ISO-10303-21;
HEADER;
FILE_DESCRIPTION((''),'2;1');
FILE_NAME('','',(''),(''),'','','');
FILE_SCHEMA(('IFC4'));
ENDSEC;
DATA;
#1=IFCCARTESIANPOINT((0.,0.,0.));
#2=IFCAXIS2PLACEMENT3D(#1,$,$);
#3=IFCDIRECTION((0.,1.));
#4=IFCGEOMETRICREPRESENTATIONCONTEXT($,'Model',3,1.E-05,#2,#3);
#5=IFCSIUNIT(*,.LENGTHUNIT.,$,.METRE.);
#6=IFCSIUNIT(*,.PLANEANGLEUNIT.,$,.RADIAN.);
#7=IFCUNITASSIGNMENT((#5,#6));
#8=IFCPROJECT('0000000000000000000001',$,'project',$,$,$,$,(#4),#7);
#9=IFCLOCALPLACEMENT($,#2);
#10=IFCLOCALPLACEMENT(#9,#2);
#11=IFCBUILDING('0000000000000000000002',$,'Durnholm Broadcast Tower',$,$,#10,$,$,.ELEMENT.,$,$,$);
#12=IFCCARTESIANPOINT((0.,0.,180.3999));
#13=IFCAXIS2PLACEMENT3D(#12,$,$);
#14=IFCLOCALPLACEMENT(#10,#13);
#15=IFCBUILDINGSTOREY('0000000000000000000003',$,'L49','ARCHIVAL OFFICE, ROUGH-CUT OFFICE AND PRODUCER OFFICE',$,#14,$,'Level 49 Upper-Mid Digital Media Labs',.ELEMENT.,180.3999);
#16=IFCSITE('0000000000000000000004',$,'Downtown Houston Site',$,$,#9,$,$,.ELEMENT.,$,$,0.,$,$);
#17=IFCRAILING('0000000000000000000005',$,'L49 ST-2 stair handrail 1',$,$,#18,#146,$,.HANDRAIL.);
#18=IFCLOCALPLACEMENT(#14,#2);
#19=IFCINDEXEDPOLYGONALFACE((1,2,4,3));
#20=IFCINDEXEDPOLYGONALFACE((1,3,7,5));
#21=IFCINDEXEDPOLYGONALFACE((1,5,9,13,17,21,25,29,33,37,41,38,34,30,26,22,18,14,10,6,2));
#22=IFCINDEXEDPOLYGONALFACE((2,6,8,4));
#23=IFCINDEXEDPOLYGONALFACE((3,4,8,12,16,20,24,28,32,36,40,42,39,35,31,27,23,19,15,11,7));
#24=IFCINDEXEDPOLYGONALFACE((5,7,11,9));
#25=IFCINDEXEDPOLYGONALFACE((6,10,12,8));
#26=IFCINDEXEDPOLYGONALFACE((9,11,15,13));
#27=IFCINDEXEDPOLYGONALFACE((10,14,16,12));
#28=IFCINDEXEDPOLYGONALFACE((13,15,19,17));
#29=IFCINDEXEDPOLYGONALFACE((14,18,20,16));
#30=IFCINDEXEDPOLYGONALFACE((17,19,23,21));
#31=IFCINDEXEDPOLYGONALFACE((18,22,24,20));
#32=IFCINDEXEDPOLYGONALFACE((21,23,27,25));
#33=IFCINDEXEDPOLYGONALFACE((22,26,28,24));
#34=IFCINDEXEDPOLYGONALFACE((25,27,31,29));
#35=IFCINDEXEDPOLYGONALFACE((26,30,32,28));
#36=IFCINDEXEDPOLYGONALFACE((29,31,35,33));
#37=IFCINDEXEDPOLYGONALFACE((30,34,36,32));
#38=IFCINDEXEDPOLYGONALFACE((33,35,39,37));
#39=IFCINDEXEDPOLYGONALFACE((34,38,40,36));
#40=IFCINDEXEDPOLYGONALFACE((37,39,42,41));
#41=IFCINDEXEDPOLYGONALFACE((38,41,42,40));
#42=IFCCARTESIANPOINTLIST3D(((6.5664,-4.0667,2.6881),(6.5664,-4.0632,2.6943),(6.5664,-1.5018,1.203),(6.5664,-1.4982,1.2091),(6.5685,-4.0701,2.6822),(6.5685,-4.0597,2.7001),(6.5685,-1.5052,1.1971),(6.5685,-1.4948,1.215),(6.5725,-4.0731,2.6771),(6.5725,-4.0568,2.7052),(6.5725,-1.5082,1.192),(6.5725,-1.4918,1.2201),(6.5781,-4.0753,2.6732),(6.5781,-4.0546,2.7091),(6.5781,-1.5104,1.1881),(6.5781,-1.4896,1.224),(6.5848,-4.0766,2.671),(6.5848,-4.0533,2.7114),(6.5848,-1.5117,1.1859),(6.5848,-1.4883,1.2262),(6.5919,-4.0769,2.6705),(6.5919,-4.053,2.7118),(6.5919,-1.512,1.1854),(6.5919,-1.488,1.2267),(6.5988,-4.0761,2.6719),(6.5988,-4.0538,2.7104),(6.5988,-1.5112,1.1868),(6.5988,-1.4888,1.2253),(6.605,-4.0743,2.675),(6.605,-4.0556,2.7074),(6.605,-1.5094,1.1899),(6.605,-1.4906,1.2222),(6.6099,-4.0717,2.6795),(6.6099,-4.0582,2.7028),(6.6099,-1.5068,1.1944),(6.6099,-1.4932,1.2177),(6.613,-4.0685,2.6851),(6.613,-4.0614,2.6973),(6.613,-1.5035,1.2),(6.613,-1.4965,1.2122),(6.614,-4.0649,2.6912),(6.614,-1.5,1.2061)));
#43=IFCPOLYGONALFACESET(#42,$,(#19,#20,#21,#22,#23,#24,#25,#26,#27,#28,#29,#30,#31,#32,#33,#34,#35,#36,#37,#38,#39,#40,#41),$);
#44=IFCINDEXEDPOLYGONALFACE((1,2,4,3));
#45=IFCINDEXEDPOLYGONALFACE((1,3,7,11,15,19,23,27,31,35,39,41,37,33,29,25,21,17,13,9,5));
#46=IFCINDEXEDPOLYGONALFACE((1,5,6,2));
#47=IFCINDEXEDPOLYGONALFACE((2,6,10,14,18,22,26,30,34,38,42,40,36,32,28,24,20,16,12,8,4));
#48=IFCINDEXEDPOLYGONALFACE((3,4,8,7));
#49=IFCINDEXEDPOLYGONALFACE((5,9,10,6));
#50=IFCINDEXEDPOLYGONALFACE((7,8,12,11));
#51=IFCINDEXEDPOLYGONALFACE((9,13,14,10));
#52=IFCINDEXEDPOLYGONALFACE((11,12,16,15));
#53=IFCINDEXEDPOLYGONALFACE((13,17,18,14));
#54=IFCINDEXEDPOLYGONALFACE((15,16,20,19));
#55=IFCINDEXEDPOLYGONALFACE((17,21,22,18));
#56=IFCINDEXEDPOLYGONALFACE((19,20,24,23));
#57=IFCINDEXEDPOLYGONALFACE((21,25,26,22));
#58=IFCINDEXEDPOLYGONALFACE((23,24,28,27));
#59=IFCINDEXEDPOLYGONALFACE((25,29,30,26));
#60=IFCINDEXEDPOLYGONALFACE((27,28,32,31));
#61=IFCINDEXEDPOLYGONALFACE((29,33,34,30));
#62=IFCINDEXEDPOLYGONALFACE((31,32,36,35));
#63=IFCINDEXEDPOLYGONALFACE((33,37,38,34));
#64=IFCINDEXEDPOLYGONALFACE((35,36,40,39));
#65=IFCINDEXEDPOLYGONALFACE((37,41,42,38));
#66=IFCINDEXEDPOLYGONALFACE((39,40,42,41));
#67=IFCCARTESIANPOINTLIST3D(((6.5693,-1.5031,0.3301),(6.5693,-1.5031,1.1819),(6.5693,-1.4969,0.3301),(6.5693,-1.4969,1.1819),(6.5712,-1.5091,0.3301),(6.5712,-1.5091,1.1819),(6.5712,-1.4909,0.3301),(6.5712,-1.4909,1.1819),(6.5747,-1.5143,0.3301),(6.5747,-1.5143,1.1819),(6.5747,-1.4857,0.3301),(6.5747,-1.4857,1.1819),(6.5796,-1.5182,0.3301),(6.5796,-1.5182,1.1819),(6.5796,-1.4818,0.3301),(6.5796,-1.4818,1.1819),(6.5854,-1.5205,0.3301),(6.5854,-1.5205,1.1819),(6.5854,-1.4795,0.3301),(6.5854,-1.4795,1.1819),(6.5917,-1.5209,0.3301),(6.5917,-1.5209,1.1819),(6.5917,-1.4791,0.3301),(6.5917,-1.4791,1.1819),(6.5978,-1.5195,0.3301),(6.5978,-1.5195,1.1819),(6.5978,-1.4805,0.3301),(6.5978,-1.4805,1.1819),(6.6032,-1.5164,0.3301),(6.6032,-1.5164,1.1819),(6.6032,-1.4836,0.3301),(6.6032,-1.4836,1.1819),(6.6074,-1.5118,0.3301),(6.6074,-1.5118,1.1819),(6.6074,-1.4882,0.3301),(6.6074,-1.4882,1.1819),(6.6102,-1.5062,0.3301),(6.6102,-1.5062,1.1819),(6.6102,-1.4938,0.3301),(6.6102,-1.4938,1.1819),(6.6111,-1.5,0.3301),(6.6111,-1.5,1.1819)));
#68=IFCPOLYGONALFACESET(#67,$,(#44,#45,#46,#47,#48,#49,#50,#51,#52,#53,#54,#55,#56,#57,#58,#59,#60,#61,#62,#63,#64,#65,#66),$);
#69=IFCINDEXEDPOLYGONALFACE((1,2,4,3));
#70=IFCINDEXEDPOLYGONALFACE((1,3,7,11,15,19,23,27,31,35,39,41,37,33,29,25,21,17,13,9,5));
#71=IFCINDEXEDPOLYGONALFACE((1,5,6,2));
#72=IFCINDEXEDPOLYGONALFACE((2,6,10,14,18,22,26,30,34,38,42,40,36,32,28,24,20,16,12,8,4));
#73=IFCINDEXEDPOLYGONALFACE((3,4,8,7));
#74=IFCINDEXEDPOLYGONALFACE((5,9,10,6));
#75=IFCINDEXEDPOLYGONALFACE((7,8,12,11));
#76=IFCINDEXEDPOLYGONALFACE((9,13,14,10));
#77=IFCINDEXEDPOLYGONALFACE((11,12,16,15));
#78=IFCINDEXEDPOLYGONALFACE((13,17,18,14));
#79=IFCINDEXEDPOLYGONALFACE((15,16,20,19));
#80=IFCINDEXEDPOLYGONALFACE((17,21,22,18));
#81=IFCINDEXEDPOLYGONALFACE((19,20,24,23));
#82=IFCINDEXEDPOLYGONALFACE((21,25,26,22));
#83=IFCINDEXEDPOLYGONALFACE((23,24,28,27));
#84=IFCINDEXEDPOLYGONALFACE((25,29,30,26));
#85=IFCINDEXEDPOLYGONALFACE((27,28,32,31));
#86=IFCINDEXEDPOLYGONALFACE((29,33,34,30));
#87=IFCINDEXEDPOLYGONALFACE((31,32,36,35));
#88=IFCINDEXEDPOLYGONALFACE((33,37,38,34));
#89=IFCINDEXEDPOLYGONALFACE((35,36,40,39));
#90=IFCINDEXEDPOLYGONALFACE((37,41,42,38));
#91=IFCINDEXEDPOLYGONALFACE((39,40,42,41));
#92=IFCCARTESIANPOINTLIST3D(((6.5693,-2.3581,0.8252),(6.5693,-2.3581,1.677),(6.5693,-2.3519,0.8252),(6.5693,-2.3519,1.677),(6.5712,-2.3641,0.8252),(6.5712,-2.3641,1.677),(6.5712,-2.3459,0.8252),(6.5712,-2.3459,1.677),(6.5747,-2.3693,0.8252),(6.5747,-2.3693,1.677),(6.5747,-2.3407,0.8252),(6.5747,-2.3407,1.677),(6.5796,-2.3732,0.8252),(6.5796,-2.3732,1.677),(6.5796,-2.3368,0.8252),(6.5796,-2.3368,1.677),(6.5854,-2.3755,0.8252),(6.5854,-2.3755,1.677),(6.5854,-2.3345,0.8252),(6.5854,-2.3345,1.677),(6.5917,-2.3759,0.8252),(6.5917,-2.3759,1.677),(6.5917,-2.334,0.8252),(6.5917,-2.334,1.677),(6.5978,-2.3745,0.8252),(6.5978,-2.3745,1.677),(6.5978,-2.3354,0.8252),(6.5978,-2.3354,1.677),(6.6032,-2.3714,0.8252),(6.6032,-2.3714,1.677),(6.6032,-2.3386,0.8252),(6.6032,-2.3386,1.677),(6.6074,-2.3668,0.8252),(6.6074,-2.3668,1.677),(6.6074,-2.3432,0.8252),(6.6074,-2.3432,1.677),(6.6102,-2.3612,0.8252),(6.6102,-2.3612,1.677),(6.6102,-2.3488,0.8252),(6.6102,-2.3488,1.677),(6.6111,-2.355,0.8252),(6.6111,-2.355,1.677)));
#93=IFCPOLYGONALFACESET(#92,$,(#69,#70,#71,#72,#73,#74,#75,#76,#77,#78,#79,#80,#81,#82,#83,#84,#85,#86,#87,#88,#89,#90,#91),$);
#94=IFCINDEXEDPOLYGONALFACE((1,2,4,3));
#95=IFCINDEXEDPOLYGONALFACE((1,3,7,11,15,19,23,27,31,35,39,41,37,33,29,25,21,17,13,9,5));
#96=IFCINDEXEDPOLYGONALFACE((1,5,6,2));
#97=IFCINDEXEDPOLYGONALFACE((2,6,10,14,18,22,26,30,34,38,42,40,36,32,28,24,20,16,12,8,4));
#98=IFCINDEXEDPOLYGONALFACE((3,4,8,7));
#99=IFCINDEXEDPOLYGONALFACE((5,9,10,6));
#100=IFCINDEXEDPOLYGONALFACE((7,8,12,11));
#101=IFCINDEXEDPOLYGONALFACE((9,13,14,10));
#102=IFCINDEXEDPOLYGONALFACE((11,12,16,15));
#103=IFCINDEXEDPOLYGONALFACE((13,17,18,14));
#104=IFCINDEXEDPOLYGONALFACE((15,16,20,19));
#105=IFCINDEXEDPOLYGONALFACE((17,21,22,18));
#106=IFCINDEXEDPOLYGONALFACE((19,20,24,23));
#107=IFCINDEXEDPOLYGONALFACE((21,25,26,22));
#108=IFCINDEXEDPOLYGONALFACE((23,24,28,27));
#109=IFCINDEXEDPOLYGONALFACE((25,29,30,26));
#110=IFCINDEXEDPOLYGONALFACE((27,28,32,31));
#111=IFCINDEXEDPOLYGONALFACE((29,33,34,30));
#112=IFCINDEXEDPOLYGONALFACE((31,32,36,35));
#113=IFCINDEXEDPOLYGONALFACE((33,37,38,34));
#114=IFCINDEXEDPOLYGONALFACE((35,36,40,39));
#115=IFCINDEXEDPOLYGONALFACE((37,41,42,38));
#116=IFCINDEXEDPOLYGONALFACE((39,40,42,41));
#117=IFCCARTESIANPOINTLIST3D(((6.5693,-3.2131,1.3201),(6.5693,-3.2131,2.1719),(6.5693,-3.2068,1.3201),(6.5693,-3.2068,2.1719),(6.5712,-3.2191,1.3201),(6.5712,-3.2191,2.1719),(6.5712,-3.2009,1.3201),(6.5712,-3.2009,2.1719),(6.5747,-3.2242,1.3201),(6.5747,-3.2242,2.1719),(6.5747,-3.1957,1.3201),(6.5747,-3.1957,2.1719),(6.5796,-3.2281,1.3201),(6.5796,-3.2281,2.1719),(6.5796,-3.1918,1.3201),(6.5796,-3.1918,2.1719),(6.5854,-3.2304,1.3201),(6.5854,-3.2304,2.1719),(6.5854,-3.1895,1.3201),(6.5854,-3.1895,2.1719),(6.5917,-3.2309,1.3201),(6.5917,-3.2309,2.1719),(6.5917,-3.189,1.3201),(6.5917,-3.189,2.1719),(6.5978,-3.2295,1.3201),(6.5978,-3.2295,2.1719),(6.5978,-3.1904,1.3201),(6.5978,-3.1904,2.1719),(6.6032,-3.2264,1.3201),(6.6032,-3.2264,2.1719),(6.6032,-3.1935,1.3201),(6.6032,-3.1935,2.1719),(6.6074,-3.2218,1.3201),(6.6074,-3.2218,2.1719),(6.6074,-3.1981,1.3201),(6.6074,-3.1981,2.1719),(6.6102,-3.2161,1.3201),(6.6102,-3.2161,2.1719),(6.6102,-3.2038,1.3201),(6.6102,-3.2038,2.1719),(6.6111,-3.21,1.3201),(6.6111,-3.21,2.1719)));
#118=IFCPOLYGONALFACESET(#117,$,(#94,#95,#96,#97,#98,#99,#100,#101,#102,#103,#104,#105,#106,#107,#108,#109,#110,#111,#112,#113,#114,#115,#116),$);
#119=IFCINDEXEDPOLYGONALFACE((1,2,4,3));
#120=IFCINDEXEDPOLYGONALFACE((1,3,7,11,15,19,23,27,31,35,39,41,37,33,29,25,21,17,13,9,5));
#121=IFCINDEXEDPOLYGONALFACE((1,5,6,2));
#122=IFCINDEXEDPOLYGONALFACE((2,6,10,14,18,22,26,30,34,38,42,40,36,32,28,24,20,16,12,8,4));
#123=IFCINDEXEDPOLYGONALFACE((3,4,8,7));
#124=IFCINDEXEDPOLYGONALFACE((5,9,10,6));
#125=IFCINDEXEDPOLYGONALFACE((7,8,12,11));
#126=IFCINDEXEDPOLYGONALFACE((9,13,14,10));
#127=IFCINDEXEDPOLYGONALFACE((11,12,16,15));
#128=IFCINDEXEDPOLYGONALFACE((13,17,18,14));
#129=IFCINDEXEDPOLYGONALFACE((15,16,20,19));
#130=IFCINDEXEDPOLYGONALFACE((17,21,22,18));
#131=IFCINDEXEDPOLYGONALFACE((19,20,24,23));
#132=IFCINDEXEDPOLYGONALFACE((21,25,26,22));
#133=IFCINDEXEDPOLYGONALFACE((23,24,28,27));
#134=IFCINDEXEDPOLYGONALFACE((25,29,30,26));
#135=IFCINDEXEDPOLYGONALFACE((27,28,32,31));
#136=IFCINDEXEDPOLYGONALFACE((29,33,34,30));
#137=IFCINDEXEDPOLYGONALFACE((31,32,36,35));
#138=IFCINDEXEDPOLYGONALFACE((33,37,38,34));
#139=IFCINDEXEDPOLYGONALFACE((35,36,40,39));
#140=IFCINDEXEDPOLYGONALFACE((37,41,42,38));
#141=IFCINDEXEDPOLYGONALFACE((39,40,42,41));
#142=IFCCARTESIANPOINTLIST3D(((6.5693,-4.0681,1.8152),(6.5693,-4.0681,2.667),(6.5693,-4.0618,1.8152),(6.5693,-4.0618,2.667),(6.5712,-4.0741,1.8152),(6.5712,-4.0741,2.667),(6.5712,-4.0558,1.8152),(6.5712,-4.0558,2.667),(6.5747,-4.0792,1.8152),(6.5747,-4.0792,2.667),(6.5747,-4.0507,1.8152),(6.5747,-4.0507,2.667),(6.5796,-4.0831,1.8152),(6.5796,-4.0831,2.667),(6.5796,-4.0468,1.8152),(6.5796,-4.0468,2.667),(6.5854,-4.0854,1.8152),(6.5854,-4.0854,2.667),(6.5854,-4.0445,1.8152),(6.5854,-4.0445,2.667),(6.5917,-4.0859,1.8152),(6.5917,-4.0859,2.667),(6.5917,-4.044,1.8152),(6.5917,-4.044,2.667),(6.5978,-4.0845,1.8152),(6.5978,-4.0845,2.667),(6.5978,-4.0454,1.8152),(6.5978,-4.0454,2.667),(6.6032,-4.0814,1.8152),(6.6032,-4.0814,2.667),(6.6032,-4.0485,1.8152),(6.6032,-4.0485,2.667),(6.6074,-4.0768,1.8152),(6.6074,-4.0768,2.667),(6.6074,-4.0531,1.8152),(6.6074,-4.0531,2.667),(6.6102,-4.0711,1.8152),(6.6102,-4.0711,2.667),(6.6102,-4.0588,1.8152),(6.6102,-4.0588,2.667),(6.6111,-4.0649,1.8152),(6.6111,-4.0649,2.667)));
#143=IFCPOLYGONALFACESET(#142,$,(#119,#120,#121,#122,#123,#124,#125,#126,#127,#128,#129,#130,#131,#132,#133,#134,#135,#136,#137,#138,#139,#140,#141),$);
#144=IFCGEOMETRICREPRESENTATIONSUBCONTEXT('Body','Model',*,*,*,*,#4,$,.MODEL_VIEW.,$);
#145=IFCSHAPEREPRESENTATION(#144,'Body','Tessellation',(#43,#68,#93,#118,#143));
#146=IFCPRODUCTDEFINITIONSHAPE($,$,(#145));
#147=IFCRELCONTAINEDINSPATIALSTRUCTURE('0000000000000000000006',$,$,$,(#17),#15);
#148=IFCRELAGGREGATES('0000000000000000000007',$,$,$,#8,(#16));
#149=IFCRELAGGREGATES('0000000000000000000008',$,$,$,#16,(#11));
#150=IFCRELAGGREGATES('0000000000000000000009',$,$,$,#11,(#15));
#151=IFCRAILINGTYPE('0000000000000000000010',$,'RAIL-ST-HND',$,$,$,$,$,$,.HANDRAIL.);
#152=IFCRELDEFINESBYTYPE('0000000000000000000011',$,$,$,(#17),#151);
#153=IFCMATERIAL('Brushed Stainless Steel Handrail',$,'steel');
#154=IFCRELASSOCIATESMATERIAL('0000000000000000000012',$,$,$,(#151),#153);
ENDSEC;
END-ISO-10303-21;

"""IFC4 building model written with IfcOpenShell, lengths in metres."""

from ifc_helpers import new_model, si_unit, direction, frame, origin, origin_2d, place, context, subcontext, project, spatial, circle, extrude, material, type_object, element, save


model = new_model("IFC4")

# Units and contexts
model_context = context("Model", 3, precision=1e-05, world=origin(), true_north=direction((0.0, 1.0)))
body_context = subcontext(model_context, "Body", "Model", "MODEL_VIEW")
ifc_project = project(units=[si_unit("LENGTHUNIT", "METRE"), si_unit("PLANEANGLEUNIT", "RADIAN")], contexts=[model_context])

# Site, building, storey
site_placement = place(None, origin())
site = spatial("IfcSite", under=ifc_project, at=site_placement, Name="Downtown Houston Site", CompositionType="ELEMENT", RefElevation=0.0)
building_placement = place(site_placement, origin())
building = spatial("IfcBuilding", under=site, at=building_placement, Name="Durnholm Broadcast Tower", CompositionType="ELEMENT")
storey_placement = place(building_placement, frame((0.0, 0.0, 180.3999)))
storey = spatial("IfcBuildingStorey", under=building, at=storey_placement, Name="L49", Description="ARCHIVAL OFFICE, ROUGH-CUT OFFICE AND PRODUCER OFFICE", LongName="Level 49 Upper-Mid Digital Media Labs", CompositionType="ELEMENT", Elevation=180.3999)

# Railing
ifc_material_1 = material(Name="Brushed Stainless Steel Handrail", Category="steel")
railing_type_1 = type_object("IfcRailingType", Name="RAIL-ST-HND", PredefinedType="HANDRAIL", material=ifc_material_1)
railing_1_placement = place(storey_placement, frame((6.5901, -1.5, 0.3301)))
element("IfcRailing", 1, at=railing_1_placement, inside=storey, type_object=railing_type_1, Name="L49 ST-2 stair handrail 1", PredefinedType="HANDRAIL", context=body_context, shape_type="SweptSolid", body=[
    extrude(circle(Radius=0.0239, at=origin_2d()), frame((0.0, 0.0, 0.876), z_axis=(0.0, -0.865406, 0.501072), x_axis=(1.0, 0.0, 0.0)), (0.0, 0.0, 1.0), 2.9639),
    extrude(circle(Radius=0.021, at=origin_2d()), origin(), (0.0, 0.0, 1.0), 0.8518),
    extrude(circle(Radius=0.021, at=origin_2d()), frame((0.0, -0.855, 0.4951)), (0.0, 0.0, 1.0), 0.8518),
    extrude(circle(Radius=0.021, at=origin_2d()), frame((0.0, -1.71, 0.99)), (0.0, 0.0, 1.0), 0.8518),
    extrude(circle(Radius=0.021, at=origin_2d()), frame((0.0, -2.5649, 1.4851)), (0.0, 0.0, 1.0), 0.8518),
])

save(model, "model.ifc")
